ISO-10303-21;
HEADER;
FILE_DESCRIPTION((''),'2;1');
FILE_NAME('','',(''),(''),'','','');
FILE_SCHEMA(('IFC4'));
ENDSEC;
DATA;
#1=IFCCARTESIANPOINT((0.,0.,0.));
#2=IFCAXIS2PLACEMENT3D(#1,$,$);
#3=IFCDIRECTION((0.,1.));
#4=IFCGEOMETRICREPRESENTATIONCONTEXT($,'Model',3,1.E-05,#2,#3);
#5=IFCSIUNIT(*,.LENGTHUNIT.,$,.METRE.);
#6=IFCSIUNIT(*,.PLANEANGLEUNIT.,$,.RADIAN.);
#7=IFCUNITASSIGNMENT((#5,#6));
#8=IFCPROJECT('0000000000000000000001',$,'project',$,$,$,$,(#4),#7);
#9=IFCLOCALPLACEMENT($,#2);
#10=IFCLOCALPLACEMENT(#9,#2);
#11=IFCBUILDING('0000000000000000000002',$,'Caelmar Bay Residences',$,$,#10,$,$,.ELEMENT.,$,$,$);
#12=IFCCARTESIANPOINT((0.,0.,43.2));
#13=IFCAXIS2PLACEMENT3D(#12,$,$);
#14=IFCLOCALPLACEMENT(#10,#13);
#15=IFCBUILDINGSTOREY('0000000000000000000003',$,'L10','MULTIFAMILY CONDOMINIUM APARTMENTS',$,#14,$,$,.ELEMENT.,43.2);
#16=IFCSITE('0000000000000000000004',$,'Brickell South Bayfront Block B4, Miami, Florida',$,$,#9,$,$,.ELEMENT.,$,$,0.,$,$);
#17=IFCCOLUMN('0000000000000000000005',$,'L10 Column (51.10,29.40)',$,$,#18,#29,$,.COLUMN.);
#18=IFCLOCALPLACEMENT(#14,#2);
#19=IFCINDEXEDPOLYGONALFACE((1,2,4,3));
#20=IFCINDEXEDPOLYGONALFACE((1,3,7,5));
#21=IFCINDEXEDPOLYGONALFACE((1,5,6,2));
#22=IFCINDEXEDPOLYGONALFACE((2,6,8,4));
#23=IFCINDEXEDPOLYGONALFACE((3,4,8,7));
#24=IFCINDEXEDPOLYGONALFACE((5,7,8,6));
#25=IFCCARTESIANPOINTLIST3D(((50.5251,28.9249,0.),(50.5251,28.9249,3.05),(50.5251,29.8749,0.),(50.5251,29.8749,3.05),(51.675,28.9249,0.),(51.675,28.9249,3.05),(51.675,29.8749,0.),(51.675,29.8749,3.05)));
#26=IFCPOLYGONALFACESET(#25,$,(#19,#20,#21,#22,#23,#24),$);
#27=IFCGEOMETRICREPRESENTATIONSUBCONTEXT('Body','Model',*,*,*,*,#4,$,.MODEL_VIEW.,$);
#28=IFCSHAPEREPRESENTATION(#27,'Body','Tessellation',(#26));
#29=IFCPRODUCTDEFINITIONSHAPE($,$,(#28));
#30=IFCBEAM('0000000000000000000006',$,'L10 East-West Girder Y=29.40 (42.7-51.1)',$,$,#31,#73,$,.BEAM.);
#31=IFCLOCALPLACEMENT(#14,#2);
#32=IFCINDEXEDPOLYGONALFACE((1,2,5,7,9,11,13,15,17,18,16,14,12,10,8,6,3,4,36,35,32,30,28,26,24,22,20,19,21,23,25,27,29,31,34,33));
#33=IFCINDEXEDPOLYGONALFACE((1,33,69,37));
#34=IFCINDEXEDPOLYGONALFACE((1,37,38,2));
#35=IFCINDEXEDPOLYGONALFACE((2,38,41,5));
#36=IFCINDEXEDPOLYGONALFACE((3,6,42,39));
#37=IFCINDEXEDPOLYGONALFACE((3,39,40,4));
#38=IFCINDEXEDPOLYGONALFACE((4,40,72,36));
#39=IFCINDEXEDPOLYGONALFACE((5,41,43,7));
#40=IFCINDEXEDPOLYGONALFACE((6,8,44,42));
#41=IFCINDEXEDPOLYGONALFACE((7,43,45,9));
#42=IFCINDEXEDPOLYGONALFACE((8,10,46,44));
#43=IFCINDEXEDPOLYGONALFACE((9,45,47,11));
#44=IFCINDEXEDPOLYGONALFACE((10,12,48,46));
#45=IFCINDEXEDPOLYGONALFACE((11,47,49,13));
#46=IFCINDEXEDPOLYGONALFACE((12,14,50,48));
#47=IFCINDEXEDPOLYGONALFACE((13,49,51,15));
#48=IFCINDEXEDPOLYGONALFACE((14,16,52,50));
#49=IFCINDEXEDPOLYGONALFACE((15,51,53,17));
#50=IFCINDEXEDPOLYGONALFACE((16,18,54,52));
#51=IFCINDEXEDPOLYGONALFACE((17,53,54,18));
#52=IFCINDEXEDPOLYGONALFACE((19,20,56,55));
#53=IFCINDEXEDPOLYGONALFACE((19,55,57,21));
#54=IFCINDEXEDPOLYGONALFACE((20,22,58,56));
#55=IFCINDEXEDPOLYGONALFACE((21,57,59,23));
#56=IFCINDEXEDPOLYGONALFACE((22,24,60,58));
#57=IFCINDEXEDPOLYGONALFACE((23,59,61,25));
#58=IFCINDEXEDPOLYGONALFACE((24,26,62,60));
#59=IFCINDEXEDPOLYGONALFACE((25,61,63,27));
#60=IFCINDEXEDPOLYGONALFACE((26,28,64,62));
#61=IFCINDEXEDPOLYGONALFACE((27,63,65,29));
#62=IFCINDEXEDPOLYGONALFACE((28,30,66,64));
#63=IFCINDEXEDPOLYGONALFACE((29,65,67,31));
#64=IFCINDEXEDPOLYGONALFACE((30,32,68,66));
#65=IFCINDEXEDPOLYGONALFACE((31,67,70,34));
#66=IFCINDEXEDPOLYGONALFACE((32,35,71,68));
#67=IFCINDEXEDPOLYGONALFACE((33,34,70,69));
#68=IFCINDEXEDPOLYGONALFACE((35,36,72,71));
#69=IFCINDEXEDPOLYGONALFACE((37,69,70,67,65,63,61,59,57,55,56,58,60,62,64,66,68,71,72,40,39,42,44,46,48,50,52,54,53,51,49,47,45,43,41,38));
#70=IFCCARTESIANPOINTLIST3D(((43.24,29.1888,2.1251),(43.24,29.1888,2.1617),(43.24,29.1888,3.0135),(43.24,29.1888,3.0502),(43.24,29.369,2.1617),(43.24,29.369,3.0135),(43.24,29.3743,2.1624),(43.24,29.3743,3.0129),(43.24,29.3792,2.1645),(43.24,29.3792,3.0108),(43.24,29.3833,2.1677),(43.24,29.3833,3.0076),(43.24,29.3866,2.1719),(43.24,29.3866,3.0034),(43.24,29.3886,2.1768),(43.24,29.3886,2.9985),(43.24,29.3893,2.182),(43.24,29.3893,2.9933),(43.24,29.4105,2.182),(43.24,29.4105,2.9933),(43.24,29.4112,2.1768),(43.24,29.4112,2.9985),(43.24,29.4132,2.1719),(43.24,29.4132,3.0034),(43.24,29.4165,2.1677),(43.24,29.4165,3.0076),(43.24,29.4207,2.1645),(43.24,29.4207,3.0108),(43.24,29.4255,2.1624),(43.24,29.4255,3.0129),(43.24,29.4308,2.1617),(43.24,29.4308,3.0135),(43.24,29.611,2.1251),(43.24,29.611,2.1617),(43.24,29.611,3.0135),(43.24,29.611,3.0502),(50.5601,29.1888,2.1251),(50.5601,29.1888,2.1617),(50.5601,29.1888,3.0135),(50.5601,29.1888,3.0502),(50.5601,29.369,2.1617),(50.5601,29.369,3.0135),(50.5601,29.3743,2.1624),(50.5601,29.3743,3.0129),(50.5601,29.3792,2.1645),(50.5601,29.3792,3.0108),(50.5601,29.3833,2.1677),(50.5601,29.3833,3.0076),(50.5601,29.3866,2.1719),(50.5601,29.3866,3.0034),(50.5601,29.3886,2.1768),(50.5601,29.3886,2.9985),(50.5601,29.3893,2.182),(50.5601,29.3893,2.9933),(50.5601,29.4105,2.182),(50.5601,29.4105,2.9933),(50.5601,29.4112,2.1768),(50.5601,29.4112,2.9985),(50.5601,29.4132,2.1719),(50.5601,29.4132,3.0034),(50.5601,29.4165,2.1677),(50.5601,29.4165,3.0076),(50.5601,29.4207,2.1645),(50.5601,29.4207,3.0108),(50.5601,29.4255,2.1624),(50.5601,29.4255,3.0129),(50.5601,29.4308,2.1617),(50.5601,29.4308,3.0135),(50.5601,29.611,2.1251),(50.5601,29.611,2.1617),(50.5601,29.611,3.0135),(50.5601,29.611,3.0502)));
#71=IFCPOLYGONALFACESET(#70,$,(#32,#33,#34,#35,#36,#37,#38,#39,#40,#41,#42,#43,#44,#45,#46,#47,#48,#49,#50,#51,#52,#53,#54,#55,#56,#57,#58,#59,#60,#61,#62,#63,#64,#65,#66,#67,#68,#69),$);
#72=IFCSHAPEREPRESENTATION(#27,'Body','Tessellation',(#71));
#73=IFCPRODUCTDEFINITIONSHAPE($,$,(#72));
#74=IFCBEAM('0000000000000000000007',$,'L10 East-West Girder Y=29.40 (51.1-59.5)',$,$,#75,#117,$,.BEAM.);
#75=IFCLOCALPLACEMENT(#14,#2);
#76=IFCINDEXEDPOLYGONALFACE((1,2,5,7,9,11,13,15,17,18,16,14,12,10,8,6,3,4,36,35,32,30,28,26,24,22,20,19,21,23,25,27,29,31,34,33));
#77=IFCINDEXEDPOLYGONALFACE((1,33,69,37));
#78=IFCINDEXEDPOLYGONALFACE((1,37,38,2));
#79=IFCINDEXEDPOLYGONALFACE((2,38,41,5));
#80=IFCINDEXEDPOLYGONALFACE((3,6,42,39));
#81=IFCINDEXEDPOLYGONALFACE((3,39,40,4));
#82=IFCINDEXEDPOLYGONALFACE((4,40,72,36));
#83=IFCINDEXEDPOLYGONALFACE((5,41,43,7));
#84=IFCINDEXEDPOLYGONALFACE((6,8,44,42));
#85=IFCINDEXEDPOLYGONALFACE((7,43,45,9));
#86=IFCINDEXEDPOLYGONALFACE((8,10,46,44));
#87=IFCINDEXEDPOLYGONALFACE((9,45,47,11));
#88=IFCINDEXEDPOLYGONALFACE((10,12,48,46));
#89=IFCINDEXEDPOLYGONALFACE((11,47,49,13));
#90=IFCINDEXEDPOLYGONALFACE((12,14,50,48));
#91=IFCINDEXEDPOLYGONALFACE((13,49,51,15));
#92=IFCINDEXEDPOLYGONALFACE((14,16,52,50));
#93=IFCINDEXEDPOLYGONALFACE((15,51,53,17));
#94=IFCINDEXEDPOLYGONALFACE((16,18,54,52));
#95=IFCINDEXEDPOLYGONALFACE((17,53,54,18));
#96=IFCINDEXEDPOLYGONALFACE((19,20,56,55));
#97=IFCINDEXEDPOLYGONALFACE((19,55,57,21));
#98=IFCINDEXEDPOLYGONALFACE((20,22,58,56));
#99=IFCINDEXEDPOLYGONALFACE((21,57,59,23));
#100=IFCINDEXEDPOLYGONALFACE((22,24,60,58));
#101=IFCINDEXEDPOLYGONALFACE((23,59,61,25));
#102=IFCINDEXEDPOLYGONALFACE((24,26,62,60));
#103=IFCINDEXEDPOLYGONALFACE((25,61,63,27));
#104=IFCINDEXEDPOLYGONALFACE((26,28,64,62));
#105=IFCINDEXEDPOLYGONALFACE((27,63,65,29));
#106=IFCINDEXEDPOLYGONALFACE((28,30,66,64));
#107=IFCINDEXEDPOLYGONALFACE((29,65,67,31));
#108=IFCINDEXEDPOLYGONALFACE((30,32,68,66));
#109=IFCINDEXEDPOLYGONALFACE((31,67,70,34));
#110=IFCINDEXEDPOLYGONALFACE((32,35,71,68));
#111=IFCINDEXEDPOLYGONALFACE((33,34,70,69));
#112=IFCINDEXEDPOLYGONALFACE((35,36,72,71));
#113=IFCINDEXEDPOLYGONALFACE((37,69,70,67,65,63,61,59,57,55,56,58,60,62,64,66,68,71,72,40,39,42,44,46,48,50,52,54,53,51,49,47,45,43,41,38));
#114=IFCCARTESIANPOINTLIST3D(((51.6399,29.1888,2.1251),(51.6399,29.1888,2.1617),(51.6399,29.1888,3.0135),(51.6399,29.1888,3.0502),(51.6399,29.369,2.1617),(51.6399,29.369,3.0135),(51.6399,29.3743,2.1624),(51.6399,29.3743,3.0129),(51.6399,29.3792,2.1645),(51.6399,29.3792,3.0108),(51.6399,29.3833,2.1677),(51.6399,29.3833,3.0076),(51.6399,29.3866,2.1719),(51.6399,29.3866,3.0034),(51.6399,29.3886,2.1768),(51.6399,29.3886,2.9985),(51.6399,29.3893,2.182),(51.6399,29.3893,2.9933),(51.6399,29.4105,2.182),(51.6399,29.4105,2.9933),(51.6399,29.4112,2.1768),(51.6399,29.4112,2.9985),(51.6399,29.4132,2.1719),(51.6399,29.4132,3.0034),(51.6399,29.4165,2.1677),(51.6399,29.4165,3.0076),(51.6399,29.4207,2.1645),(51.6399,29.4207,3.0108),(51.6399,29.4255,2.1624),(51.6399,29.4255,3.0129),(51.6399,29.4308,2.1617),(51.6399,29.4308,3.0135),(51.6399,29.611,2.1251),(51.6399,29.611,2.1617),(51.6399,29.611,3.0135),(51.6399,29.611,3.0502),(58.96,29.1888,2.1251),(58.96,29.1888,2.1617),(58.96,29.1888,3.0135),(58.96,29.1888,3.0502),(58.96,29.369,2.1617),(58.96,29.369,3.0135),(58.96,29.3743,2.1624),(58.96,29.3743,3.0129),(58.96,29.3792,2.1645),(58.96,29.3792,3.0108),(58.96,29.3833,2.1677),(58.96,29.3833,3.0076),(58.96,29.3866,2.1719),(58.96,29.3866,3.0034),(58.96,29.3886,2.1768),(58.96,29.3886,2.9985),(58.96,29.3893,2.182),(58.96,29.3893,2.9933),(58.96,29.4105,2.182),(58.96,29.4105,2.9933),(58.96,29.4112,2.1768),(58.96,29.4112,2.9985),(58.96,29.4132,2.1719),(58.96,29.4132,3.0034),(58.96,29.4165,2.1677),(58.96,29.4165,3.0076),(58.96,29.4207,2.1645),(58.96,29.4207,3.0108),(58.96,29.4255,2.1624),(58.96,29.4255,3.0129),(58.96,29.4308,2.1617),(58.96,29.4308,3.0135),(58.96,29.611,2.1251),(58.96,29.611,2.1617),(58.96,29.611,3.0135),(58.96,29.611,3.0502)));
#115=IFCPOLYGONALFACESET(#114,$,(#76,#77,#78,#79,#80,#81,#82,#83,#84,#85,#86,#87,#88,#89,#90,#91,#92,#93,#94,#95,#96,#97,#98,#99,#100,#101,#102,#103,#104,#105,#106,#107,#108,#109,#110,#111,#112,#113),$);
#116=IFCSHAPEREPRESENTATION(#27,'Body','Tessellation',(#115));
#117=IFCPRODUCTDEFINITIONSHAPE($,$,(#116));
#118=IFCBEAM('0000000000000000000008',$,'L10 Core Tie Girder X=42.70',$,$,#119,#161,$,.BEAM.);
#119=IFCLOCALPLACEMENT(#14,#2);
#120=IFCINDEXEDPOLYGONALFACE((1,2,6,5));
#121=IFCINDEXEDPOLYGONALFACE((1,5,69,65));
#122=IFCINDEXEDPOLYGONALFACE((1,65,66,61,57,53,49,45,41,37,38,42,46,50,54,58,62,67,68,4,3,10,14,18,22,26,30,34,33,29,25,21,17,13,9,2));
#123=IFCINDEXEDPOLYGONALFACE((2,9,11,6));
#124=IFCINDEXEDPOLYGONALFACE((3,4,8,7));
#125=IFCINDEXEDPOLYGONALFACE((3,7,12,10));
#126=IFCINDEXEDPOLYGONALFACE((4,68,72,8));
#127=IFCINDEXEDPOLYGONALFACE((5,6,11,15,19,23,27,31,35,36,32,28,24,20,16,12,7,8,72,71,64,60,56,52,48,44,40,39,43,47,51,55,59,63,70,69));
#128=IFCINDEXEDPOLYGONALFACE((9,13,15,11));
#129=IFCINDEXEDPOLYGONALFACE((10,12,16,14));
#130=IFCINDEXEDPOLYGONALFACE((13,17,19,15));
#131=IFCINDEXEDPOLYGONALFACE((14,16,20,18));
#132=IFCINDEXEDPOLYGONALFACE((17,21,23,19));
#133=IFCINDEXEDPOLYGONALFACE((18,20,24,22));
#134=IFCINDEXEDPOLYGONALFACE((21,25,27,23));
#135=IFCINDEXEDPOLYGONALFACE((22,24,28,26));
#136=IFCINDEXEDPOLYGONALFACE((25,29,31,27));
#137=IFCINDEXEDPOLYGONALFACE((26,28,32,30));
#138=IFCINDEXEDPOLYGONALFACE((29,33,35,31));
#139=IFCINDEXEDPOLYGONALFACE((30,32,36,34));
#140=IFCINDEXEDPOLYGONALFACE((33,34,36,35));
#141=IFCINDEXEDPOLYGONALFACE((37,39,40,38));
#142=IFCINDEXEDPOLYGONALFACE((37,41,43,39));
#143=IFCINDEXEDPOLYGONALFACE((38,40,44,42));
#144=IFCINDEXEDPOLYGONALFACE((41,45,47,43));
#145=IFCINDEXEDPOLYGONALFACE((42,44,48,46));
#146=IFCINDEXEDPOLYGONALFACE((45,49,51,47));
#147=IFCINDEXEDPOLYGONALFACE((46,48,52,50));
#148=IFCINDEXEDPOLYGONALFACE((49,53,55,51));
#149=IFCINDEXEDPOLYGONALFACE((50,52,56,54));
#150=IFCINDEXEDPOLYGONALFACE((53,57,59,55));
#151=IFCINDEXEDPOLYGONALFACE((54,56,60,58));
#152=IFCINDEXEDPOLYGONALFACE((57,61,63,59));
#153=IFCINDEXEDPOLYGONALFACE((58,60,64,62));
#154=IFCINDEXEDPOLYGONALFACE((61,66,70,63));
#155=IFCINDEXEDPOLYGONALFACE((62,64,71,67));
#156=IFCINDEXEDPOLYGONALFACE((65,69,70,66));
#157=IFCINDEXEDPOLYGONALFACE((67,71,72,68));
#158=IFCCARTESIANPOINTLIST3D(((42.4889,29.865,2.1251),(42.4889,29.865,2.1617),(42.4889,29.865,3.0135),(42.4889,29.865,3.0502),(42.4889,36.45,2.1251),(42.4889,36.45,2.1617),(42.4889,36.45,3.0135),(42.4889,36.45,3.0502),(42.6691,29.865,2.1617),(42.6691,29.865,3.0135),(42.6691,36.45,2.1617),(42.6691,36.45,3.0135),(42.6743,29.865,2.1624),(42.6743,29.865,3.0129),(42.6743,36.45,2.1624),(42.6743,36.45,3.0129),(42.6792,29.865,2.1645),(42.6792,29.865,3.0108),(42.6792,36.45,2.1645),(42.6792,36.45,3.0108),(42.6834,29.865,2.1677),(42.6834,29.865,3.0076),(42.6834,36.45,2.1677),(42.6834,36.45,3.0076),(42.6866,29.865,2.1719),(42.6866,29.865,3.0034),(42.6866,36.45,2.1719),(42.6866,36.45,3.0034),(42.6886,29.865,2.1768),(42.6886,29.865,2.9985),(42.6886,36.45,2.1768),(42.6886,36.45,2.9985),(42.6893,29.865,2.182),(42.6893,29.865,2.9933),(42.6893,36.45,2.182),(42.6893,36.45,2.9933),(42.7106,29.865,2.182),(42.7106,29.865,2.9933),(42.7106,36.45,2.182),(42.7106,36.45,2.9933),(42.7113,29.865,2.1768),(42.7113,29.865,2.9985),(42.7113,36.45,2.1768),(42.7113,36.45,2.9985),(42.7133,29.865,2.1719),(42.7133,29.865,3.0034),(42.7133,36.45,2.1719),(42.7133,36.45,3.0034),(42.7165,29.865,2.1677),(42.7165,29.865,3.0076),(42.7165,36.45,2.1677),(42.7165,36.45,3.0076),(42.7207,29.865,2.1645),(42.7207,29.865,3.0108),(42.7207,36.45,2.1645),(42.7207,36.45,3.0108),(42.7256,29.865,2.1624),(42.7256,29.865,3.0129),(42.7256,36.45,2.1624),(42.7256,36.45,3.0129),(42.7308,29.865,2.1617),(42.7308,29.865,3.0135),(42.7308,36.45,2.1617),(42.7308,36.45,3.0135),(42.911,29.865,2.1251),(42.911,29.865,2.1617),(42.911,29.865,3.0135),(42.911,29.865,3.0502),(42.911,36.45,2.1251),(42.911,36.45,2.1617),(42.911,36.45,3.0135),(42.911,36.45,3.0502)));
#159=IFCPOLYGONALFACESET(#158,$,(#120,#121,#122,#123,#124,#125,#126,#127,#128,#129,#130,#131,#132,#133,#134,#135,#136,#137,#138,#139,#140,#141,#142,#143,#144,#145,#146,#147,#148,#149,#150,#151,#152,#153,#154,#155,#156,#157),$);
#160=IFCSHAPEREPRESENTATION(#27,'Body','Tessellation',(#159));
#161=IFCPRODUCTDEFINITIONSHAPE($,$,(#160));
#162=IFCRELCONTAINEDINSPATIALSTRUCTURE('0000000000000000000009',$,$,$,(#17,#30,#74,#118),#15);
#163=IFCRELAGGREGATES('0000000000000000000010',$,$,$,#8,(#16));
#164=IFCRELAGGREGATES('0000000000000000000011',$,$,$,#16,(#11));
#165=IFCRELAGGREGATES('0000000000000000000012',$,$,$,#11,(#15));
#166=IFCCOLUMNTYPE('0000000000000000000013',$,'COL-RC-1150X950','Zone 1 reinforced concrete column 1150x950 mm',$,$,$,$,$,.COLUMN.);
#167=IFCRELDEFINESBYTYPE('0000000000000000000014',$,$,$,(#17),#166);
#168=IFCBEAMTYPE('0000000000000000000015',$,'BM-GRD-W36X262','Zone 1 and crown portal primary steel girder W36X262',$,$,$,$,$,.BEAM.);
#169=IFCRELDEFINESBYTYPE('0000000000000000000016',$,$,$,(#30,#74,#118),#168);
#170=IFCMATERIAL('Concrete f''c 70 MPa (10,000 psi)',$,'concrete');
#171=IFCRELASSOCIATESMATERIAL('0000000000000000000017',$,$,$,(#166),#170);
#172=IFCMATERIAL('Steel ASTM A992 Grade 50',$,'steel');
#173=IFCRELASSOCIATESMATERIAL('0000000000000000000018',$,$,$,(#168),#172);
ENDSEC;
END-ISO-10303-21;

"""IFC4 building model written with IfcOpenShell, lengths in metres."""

from ifc_helpers import new_model, si_unit, direction, frame, origin, origin_2d, place, context, subcontext, project, spatial, rectangle, i_section, extrude, material, material_profile, profile_set, type_object, element, save


model = new_model("IFC4")

# Units and contexts
model_context = context("Model", 3, precision=1e-05, world=origin(), true_north=direction((0.0, 1.0)))
body_context = subcontext(model_context, "Body", "Model", "MODEL_VIEW")
ifc_project = project(units=[si_unit("LENGTHUNIT", "METRE"), si_unit("PLANEANGLEUNIT", "RADIAN")], contexts=[model_context])

# Site, building, storey
site_placement = place(None, origin())
site = spatial("IfcSite", under=ifc_project, at=site_placement, Name="Brickell South Bayfront Block B4, Miami, Florida", CompositionType="ELEMENT", RefElevation=0.0)
building_placement = place(site_placement, origin())
building = spatial("IfcBuilding", under=site, at=building_placement, Name="Caelmar Bay Residences", CompositionType="ELEMENT")
storey_placement = place(building_placement, frame((0.0, 0.0, 43.2)))
storey = spatial("IfcBuildingStorey", under=building, at=storey_placement, Name="L10", Description="MULTIFAMILY CONDOMINIUM APARTMENTS", CompositionType="ELEMENT", Elevation=43.2)

# Column
ifc_material_1 = material(Name="Concrete f'c 70 MPa (10,000 psi)", Category="concrete")
ifc_material_profile_1 = material_profile(ifc_material_1, rectangle(XDim=1.1499, YDim=0.95, at=origin_2d()), Name="RC-COL-1150X950")
ifc_profile_set_1 = profile_set([ifc_material_profile_1], Name="Concrete f'c 70 MPa (10,000 psi)")
column_type = type_object("IfcColumnType", Name="COL-RC-1150X950", Description="Zone 1 reinforced concrete column 1150x950 mm", PredefinedType="COLUMN", material=ifc_profile_set_1)
column_placement = place(storey_placement, frame((51.1001, 29.3999, 0.0), z_axis=(0.0, 0.0, 1.0), x_axis=(1.0, 0.0, 0.0)))
element("IfcColumn", 1, at=column_placement, inside=storey, type_object=column_type, Name="L10 Column (51.10,29.40)", PredefinedType="COLUMN", context=body_context, shape_type="SweptSolid", body=[
    extrude(rectangle(XDim=1.1499, YDim=0.95, at=origin_2d()), origin(), (0.0, 0.0, 1.0), 3.05),
])

# Beams
ifc_material_2 = material(Name="Steel ASTM A992 Grade 50", Category="steel")
ifc_material_profile_2 = material_profile(ifc_material_2, i_section(OverallWidth=0.4221, OverallDepth=0.925, WebThickness=0.0212, FlangeThickness=0.0366, FilletRadius=0.0203, at=origin_2d()), Name="W36X262")
ifc_profile_set_2 = profile_set([ifc_material_profile_2], Name="Steel ASTM A992 Grade 50")
beam_type_1 = type_object("IfcBeamType", Name="BM-GRD-W36X262", Description="Zone 1 and crown portal primary steel girder W36X262", PredefinedType="BEAM", material=ifc_profile_set_2)
for number, where, z_axis, x_axis, name in (
    (2, (43.24, 29.3999, 2.5876), (1.0, 0.0, 0.0), (0.0, 1.0, 0.0), "L10 East-West Girder Y=29.40 (42.7-51.1)"),
    (3, (51.6399, 29.3999, 2.5876), (1.0, 0.0, 0.0), (0.0, 1.0, 0.0), "L10 East-West Girder Y=29.40 (51.1-59.5)"),
):
    element("IfcBeam", number, at=place(storey_placement, frame(where, z_axis=z_axis, x_axis=x_axis)), inside=storey, type_object=beam_type_1, Name=name, PredefinedType="BEAM", context=body_context, shape_type="SweptSolid", body=[
        extrude(i_section(OverallWidth=0.4221, OverallDepth=0.925, WebThickness=0.0212, FlangeThickness=0.0366, FilletRadius=0.0203, at=origin_2d()), origin(), (0.0, 0.0, 1.0), 7.3201),
    ])
beam_1_placement = place(storey_placement, frame((42.7, 29.865, 2.5876), z_axis=(0.0, 1.0, 0.0), x_axis=(-1.0, 0.0, 0.0)))
element("IfcBeam", 4, at=beam_1_placement, inside=storey, type_object=beam_type_1, Name="L10 Core Tie Girder X=42.70", PredefinedType="BEAM", context=body_context, shape_type="SweptSolid", body=[
    extrude(i_section(OverallWidth=0.4221, OverallDepth=0.925, WebThickness=0.0212, FlangeThickness=0.0366, FilletRadius=0.0203, at=origin_2d()), origin(), (0.0, 0.0, 1.0), 6.585),
])

save(model, "model.ifc")
